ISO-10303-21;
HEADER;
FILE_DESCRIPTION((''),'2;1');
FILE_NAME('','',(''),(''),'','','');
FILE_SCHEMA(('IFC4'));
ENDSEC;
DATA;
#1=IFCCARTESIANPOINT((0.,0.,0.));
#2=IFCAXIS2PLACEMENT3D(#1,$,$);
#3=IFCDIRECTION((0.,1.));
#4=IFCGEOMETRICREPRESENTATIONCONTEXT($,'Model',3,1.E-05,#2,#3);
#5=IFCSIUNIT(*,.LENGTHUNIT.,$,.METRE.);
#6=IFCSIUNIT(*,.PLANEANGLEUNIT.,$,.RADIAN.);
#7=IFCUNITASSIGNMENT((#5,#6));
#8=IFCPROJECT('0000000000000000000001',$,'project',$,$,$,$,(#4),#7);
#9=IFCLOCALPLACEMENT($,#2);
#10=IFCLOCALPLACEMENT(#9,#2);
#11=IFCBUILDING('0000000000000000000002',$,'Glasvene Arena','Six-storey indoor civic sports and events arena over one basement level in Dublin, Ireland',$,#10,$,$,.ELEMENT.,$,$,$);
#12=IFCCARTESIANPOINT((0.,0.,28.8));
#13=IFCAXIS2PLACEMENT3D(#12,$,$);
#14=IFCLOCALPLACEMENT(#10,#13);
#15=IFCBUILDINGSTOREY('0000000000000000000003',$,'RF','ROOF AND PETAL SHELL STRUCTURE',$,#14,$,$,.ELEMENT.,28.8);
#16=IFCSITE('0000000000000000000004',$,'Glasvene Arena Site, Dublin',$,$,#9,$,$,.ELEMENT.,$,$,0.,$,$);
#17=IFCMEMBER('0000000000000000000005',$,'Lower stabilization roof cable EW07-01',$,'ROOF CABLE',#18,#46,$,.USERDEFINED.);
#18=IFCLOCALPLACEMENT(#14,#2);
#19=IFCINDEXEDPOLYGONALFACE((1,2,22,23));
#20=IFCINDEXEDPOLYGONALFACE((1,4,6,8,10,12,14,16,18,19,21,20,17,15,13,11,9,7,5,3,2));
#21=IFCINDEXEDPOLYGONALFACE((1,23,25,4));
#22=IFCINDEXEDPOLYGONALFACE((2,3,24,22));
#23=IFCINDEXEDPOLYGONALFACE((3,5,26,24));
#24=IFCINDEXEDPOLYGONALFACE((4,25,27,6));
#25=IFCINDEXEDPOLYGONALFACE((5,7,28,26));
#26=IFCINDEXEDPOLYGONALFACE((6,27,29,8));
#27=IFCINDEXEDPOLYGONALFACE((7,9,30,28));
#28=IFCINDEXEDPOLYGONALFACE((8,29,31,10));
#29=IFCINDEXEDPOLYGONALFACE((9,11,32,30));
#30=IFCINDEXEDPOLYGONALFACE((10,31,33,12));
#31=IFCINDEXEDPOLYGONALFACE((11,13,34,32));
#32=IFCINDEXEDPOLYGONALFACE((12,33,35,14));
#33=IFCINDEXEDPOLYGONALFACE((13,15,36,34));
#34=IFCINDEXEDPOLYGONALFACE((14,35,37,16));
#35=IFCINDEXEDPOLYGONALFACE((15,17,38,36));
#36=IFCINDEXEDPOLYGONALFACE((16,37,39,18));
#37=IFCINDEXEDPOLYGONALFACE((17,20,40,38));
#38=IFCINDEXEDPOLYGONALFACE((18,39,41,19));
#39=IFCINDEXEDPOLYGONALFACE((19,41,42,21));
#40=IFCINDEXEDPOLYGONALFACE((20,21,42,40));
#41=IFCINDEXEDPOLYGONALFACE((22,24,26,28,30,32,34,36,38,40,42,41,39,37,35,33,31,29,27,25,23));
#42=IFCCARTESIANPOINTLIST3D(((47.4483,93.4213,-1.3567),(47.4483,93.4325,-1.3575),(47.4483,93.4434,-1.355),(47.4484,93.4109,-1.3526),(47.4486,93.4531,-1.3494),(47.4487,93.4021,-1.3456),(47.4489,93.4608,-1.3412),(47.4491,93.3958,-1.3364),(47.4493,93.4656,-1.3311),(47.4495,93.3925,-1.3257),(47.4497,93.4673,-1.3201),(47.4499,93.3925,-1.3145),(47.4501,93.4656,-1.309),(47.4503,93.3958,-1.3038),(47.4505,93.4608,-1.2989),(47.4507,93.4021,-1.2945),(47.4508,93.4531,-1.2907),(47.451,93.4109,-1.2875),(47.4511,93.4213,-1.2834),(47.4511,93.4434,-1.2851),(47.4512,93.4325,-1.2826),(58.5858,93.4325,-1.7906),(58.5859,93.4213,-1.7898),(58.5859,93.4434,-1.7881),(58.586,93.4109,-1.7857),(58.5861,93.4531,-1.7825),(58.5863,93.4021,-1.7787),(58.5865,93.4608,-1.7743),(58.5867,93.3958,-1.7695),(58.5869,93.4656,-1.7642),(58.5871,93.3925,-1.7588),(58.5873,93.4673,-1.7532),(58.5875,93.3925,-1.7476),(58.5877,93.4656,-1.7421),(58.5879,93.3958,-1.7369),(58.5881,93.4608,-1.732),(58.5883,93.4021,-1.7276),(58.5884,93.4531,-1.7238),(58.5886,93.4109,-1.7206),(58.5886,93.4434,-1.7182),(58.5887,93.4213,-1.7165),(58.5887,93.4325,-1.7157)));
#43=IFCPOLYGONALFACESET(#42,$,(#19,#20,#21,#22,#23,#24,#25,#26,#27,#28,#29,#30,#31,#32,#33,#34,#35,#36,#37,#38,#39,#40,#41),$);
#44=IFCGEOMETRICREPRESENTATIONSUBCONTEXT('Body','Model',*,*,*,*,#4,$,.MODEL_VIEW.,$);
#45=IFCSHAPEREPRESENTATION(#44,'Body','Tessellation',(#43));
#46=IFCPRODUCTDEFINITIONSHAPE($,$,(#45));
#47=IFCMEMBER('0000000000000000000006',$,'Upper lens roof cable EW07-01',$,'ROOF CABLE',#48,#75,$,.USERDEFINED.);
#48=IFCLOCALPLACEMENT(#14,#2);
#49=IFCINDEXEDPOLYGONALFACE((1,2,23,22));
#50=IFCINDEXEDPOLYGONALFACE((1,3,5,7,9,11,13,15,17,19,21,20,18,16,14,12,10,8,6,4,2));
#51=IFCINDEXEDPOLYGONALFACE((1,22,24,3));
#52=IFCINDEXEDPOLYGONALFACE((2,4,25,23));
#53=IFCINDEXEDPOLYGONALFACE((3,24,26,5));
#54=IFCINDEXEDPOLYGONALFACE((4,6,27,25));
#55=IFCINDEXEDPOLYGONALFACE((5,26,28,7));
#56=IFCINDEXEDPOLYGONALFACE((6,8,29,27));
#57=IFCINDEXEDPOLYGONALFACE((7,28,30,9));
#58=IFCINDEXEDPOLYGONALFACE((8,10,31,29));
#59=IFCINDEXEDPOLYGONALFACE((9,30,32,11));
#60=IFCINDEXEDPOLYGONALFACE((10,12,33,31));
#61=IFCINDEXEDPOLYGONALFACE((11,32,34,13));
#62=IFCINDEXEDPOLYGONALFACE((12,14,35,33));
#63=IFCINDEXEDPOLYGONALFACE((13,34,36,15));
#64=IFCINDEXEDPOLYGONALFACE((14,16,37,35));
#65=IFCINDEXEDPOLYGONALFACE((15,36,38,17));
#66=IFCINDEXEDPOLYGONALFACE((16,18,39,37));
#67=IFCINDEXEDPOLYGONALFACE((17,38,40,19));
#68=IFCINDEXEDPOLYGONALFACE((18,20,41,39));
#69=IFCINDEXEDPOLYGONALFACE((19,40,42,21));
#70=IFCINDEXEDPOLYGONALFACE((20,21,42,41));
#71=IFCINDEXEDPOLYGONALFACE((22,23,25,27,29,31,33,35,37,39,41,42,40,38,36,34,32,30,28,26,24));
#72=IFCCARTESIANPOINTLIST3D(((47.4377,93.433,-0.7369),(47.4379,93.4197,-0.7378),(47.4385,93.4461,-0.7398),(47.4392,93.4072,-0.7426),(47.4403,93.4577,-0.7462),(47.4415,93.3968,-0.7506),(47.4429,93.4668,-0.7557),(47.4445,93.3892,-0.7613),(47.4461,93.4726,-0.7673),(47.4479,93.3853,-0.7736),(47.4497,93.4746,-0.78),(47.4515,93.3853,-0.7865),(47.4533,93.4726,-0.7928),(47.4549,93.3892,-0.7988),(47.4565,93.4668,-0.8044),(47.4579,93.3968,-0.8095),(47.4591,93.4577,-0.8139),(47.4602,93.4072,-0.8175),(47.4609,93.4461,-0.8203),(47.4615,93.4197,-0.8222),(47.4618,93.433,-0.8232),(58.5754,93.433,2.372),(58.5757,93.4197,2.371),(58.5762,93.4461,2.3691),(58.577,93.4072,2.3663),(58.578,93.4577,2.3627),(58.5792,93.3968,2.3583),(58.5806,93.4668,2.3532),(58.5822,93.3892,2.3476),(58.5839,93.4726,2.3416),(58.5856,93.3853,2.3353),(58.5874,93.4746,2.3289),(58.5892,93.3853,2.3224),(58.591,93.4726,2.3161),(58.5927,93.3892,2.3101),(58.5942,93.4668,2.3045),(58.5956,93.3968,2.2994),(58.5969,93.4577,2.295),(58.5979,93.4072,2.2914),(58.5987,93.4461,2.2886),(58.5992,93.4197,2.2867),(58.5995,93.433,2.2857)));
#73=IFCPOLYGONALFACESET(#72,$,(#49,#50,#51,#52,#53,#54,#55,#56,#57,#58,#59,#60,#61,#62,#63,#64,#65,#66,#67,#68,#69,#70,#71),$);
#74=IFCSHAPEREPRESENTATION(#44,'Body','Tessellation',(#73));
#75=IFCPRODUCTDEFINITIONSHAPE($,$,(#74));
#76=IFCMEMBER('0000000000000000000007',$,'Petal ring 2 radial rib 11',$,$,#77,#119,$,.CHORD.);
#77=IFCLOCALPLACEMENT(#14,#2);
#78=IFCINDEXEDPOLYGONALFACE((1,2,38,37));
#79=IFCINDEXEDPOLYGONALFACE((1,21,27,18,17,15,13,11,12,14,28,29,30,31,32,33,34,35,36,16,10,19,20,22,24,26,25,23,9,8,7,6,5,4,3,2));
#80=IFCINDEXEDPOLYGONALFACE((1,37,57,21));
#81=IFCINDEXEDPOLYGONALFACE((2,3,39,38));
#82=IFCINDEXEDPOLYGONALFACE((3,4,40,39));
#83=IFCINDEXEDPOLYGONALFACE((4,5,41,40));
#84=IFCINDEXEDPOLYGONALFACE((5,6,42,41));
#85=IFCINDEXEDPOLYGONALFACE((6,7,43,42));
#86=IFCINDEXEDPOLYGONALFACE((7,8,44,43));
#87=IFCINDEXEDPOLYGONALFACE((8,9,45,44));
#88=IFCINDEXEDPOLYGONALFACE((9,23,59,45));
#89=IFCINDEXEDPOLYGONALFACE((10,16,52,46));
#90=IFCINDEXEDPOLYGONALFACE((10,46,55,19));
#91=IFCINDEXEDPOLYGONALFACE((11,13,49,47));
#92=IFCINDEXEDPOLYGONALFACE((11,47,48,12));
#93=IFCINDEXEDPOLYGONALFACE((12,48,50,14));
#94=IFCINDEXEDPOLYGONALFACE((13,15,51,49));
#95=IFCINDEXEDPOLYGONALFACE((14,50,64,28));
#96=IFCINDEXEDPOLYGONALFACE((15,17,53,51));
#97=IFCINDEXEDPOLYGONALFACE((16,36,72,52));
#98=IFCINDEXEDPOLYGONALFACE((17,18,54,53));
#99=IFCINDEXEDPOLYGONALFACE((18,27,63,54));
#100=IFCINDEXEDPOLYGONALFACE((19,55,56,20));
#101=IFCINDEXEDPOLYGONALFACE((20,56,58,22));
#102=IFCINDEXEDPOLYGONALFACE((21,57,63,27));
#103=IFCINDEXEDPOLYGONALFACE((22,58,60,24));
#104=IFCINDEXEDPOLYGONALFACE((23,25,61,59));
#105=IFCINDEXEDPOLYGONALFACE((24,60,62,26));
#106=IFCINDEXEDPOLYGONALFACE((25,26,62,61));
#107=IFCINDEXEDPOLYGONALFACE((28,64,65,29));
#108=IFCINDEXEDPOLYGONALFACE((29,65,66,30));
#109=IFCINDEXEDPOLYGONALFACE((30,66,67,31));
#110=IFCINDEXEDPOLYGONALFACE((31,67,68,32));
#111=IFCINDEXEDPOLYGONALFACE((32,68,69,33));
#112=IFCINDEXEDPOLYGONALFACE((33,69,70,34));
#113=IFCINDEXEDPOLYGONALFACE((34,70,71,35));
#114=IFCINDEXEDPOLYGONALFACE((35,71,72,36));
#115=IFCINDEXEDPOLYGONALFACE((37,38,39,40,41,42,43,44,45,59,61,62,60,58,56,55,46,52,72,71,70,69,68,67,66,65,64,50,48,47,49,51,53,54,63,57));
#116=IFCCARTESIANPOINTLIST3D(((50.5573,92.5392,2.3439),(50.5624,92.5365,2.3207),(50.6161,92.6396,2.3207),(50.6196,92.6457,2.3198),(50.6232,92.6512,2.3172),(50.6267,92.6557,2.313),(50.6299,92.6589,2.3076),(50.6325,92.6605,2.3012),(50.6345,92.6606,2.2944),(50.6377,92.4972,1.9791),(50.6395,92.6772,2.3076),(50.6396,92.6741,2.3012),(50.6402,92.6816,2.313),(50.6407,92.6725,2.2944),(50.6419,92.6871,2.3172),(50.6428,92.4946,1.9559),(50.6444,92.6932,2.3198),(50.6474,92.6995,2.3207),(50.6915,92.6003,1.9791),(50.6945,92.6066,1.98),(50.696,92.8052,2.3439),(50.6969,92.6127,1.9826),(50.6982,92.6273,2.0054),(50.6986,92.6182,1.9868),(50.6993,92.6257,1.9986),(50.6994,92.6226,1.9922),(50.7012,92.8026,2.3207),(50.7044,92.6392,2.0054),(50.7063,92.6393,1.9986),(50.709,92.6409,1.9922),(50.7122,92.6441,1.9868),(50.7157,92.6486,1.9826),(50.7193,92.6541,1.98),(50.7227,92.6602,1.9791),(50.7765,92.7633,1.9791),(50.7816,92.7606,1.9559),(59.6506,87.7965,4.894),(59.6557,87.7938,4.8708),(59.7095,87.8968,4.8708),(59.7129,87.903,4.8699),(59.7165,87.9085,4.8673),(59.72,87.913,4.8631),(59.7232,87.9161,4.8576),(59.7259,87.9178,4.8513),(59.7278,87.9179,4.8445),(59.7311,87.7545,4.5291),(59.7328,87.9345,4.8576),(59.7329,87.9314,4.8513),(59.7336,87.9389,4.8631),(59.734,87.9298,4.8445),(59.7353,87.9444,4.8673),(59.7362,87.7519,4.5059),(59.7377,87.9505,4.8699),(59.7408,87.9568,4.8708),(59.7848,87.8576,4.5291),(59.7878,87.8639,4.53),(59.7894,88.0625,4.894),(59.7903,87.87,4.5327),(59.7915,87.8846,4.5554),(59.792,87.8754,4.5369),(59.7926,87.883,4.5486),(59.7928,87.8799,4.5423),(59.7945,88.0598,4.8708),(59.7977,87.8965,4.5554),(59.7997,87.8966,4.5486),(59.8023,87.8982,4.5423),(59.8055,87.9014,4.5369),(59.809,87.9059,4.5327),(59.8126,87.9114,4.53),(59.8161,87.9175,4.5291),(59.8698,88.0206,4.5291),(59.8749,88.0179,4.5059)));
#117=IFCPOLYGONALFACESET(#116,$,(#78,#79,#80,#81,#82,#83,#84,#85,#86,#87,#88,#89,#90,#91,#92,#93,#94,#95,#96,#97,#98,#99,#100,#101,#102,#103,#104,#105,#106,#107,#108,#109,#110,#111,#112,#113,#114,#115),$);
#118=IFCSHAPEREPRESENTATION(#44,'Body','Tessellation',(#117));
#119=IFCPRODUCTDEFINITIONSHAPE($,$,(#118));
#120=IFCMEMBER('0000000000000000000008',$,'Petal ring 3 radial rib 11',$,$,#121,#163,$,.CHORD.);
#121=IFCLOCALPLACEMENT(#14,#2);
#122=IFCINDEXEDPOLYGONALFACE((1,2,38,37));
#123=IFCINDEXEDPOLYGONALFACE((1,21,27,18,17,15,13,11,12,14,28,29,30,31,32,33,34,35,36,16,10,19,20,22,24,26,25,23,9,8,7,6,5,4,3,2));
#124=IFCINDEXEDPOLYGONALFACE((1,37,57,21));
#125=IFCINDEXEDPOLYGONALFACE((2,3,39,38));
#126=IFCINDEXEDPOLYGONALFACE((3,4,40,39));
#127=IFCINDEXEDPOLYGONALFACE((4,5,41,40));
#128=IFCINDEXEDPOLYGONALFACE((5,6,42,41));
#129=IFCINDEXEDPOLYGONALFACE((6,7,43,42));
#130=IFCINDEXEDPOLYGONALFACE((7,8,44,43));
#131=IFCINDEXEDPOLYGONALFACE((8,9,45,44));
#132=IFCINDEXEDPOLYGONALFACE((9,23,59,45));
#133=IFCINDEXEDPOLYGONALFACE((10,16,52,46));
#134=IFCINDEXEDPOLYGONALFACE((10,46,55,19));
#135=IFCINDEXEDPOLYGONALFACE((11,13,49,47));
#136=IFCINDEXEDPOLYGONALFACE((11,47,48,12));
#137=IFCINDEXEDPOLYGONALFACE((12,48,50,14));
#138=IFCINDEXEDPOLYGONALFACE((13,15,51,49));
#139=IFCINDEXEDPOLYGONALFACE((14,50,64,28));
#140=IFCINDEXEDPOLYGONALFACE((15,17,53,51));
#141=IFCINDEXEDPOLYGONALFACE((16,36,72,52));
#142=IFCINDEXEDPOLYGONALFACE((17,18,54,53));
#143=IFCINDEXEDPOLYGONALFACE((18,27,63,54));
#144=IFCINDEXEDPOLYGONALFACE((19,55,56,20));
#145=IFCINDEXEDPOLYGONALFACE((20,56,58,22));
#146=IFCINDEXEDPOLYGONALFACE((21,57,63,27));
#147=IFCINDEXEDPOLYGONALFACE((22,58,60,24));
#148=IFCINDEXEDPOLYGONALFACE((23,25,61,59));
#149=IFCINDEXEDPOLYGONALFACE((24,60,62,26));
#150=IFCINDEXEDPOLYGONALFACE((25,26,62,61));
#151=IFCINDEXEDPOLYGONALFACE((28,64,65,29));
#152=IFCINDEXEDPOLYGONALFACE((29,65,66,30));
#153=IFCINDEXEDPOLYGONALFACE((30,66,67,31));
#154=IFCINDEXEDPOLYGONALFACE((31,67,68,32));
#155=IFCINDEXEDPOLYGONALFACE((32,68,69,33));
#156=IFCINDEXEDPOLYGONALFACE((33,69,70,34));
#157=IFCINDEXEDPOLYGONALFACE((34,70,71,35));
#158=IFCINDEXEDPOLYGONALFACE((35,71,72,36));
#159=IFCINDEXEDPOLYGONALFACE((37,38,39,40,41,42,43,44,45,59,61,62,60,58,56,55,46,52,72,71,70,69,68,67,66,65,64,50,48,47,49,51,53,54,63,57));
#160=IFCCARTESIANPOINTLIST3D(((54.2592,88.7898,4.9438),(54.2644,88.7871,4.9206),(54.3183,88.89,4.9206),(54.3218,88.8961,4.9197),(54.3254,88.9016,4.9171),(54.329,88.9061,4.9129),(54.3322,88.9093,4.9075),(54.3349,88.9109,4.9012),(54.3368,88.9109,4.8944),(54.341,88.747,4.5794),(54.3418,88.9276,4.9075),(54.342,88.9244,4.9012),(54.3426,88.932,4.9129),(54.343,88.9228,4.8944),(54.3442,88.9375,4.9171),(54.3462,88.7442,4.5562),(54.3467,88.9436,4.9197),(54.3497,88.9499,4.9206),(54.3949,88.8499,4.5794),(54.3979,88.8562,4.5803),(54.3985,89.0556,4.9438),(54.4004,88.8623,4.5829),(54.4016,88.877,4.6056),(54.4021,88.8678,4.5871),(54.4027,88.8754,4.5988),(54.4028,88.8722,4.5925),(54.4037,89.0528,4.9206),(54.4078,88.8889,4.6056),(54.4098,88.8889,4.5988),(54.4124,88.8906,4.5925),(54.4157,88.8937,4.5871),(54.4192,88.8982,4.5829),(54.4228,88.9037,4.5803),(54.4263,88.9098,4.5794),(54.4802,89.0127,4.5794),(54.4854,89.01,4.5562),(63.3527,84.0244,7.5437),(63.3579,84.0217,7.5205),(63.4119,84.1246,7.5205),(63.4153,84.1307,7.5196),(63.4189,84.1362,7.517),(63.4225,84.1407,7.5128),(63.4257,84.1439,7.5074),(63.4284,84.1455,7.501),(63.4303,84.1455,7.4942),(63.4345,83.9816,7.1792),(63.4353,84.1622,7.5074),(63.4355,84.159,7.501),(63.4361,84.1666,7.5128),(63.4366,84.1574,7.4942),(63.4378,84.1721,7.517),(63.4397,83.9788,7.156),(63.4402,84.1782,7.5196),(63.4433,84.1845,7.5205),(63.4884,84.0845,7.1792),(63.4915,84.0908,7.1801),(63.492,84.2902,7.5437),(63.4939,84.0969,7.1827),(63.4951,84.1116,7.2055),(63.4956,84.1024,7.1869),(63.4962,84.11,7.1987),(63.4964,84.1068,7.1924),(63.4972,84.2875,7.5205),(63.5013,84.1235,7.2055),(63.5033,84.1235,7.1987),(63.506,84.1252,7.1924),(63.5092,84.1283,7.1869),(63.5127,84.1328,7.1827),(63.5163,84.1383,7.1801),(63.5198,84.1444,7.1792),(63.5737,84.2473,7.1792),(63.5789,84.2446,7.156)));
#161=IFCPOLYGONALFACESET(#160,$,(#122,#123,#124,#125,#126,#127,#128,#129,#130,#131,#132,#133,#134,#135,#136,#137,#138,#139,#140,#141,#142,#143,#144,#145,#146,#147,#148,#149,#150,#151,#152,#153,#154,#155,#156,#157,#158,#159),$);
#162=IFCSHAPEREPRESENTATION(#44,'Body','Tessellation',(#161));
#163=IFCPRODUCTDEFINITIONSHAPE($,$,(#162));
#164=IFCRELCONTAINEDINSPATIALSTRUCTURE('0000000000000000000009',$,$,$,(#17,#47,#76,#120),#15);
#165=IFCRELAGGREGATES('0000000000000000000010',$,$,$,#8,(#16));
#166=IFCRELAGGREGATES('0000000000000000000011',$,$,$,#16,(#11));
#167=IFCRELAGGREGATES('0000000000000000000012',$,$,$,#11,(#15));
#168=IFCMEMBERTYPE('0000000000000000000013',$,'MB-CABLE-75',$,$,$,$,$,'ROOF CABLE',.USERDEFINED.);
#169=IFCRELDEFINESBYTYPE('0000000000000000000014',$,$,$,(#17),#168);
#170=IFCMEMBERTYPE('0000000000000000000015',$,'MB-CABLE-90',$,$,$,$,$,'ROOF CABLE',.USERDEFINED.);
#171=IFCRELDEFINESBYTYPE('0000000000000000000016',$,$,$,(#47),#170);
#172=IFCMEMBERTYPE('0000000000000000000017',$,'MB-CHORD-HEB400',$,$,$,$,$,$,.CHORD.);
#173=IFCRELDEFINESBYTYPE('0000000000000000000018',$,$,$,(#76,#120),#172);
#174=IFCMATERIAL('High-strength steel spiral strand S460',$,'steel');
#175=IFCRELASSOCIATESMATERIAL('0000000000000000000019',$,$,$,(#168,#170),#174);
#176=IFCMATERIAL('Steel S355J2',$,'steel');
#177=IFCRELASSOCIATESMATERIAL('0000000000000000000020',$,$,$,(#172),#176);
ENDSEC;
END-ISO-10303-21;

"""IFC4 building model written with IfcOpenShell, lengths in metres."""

from ifc_helpers import new_model, si_unit, direction, frame, origin, origin_2d, place, context, subcontext, project, spatial, circle, i_section, extrude, material, material_profile, profile_set, type_object, element, save


model = new_model("IFC4")

# Units and contexts
model_context = context("Model", 3, precision=1e-05, world=origin(), true_north=direction((0.0, 1.0)))
body_context = subcontext(model_context, "Body", "Model", "MODEL_VIEW")
ifc_project = project(units=[si_unit("LENGTHUNIT", "METRE"), si_unit("PLANEANGLEUNIT", "RADIAN")], contexts=[model_context])

# Site, building, storey
site_placement = place(None, origin())
site = spatial("IfcSite", under=ifc_project, at=site_placement, Name="Glasvene Arena Site, Dublin", CompositionType="ELEMENT", RefElevation=0.0)
building_placement = place(site_placement, origin())
building = spatial("IfcBuilding", under=site, at=building_placement, Name="Glasvene Arena", Description="Six-storey indoor civic sports and events arena over one basement level in Dublin, Ireland", CompositionType="ELEMENT")
storey_placement = place(building_placement, frame((0.0, 0.0, 28.8)))
storey = spatial("IfcBuildingStorey", under=building, at=storey_placement, Name="RF", Description="ROOF AND PETAL SHELL STRUCTURE", CompositionType="ELEMENT", Elevation=28.8)

# Shared definitions
ifc_material_1 = material(Name="Steel S355J2", Category="steel")

# Members
ifc_material_2 = material(Name="High-strength steel spiral strand S460", Category="steel")
ifc_material_profile_1 = material_profile(ifc_material_2, circle(Radius=0.0376, at=origin_2d()), Name="LCSS D75")
ifc_profile_set_1 = profile_set([ifc_material_profile_1], Name="High-strength steel spiral strand S460")
member_type_1 = type_object("IfcMemberType", Name="MB-CABLE-75", ElementType="ROOF CABLE", PredefinedType="USERDEFINED", material=ifc_profile_set_1)
member_1_placement = place(storey_placement, frame((47.4497, 93.4297, -1.3201), z_axis=(0.999245, 0.0, -0.038857), x_axis=(0.0, 1.0, 0.0)))
element("IfcMember", 1, at=member_1_placement, inside=storey, type_object=member_type_1, Name="Lower stabilization roof cable EW07-01", ObjectType="ROOF CABLE", PredefinedType="USERDEFINED", context=body_context, shape_type="SweptSolid", body=[
    extrude(circle(Radius=0.0376, at=origin_2d()), origin(), (0.0, 0.0, 1.0), 11.146),
])
ifc_material_profile_2 = material_profile(ifc_material_2, circle(Radius=0.0449, at=origin_2d()), Name="LCSS D90")
ifc_profile_set_2 = profile_set([ifc_material_profile_2], Name="High-strength steel spiral strand S460")
member_type_2 = type_object("IfcMemberType", Name="MB-CABLE-90", ElementType="ROOF CABLE", PredefinedType="USERDEFINED", material=ifc_profile_set_2)
member_2_placement = place(storey_placement, frame((47.4497, 93.4297, -0.78), z_axis=(0.963181, 0.0, 0.268855), x_axis=(0.0, 1.0, 0.0)))
element("IfcMember", 2, at=member_2_placement, inside=storey, type_object=member_type_2, Name="Upper lens roof cable EW07-01", ObjectType="ROOF CABLE", PredefinedType="USERDEFINED", context=body_context, shape_type="SweptSolid", body=[
    extrude(circle(Radius=0.0449, at=origin_2d()), origin(), (0.0, 0.0, 1.0), 11.5635),
])
ifc_material_profile_3 = material_profile(ifc_material_1, i_section(OverallWidth=0.3, OverallDepth=0.3999, WebThickness=0.0134, FlangeThickness=0.0239, FilletRadius=0.0271, at=origin_2d()), Name="HEB 400")
ifc_profile_set_3 = profile_set([ifc_material_profile_3], Name="Steel S355J2")
member_type_3 = type_object("IfcMemberType", Name="MB-CHORD-HEB400", PredefinedType="CHORD", material=ifc_profile_set_3)
member_3_placement = place(storey_placement, frame((50.6694, 92.6499, 2.1499), z_axis=(0.860451, -0.448776, 0.241299), x_axis=(0.462441, 0.88665, 0.0)))
element("IfcMember", 3, at=member_3_placement, inside=storey, type_object=member_type_3, Name="Petal ring 2 radial rib 11", PredefinedType="CHORD", context=body_context, shape_type="SweptSolid", body=[
    extrude(i_section(OverallWidth=0.3, OverallDepth=0.3999, WebThickness=0.0134, FlangeThickness=0.0239, FilletRadius=0.0271, at=origin_2d()), origin(), (0.0, 0.0, 1.0), 10.5681),
])
member_4_placement = place(storey_placement, frame((54.3723, 88.8999, 4.75), z_axis=(0.858643, -0.449965, 0.245488), x_axis=(0.464169, 0.885747, 0.0)))
element("IfcMember", 4, at=member_4_placement, inside=storey, type_object=member_type_3, Name="Petal ring 3 radial rib 11", PredefinedType="CHORD", context=body_context, shape_type="SweptSolid", body=[
    extrude(i_section(OverallWidth=0.3, OverallDepth=0.3999, WebThickness=0.0134, FlangeThickness=0.0239, FilletRadius=0.0271, at=origin_2d()), origin(), (0.0, 0.0, 1.0), 10.5906),
])

save(model, "model.ifc")
